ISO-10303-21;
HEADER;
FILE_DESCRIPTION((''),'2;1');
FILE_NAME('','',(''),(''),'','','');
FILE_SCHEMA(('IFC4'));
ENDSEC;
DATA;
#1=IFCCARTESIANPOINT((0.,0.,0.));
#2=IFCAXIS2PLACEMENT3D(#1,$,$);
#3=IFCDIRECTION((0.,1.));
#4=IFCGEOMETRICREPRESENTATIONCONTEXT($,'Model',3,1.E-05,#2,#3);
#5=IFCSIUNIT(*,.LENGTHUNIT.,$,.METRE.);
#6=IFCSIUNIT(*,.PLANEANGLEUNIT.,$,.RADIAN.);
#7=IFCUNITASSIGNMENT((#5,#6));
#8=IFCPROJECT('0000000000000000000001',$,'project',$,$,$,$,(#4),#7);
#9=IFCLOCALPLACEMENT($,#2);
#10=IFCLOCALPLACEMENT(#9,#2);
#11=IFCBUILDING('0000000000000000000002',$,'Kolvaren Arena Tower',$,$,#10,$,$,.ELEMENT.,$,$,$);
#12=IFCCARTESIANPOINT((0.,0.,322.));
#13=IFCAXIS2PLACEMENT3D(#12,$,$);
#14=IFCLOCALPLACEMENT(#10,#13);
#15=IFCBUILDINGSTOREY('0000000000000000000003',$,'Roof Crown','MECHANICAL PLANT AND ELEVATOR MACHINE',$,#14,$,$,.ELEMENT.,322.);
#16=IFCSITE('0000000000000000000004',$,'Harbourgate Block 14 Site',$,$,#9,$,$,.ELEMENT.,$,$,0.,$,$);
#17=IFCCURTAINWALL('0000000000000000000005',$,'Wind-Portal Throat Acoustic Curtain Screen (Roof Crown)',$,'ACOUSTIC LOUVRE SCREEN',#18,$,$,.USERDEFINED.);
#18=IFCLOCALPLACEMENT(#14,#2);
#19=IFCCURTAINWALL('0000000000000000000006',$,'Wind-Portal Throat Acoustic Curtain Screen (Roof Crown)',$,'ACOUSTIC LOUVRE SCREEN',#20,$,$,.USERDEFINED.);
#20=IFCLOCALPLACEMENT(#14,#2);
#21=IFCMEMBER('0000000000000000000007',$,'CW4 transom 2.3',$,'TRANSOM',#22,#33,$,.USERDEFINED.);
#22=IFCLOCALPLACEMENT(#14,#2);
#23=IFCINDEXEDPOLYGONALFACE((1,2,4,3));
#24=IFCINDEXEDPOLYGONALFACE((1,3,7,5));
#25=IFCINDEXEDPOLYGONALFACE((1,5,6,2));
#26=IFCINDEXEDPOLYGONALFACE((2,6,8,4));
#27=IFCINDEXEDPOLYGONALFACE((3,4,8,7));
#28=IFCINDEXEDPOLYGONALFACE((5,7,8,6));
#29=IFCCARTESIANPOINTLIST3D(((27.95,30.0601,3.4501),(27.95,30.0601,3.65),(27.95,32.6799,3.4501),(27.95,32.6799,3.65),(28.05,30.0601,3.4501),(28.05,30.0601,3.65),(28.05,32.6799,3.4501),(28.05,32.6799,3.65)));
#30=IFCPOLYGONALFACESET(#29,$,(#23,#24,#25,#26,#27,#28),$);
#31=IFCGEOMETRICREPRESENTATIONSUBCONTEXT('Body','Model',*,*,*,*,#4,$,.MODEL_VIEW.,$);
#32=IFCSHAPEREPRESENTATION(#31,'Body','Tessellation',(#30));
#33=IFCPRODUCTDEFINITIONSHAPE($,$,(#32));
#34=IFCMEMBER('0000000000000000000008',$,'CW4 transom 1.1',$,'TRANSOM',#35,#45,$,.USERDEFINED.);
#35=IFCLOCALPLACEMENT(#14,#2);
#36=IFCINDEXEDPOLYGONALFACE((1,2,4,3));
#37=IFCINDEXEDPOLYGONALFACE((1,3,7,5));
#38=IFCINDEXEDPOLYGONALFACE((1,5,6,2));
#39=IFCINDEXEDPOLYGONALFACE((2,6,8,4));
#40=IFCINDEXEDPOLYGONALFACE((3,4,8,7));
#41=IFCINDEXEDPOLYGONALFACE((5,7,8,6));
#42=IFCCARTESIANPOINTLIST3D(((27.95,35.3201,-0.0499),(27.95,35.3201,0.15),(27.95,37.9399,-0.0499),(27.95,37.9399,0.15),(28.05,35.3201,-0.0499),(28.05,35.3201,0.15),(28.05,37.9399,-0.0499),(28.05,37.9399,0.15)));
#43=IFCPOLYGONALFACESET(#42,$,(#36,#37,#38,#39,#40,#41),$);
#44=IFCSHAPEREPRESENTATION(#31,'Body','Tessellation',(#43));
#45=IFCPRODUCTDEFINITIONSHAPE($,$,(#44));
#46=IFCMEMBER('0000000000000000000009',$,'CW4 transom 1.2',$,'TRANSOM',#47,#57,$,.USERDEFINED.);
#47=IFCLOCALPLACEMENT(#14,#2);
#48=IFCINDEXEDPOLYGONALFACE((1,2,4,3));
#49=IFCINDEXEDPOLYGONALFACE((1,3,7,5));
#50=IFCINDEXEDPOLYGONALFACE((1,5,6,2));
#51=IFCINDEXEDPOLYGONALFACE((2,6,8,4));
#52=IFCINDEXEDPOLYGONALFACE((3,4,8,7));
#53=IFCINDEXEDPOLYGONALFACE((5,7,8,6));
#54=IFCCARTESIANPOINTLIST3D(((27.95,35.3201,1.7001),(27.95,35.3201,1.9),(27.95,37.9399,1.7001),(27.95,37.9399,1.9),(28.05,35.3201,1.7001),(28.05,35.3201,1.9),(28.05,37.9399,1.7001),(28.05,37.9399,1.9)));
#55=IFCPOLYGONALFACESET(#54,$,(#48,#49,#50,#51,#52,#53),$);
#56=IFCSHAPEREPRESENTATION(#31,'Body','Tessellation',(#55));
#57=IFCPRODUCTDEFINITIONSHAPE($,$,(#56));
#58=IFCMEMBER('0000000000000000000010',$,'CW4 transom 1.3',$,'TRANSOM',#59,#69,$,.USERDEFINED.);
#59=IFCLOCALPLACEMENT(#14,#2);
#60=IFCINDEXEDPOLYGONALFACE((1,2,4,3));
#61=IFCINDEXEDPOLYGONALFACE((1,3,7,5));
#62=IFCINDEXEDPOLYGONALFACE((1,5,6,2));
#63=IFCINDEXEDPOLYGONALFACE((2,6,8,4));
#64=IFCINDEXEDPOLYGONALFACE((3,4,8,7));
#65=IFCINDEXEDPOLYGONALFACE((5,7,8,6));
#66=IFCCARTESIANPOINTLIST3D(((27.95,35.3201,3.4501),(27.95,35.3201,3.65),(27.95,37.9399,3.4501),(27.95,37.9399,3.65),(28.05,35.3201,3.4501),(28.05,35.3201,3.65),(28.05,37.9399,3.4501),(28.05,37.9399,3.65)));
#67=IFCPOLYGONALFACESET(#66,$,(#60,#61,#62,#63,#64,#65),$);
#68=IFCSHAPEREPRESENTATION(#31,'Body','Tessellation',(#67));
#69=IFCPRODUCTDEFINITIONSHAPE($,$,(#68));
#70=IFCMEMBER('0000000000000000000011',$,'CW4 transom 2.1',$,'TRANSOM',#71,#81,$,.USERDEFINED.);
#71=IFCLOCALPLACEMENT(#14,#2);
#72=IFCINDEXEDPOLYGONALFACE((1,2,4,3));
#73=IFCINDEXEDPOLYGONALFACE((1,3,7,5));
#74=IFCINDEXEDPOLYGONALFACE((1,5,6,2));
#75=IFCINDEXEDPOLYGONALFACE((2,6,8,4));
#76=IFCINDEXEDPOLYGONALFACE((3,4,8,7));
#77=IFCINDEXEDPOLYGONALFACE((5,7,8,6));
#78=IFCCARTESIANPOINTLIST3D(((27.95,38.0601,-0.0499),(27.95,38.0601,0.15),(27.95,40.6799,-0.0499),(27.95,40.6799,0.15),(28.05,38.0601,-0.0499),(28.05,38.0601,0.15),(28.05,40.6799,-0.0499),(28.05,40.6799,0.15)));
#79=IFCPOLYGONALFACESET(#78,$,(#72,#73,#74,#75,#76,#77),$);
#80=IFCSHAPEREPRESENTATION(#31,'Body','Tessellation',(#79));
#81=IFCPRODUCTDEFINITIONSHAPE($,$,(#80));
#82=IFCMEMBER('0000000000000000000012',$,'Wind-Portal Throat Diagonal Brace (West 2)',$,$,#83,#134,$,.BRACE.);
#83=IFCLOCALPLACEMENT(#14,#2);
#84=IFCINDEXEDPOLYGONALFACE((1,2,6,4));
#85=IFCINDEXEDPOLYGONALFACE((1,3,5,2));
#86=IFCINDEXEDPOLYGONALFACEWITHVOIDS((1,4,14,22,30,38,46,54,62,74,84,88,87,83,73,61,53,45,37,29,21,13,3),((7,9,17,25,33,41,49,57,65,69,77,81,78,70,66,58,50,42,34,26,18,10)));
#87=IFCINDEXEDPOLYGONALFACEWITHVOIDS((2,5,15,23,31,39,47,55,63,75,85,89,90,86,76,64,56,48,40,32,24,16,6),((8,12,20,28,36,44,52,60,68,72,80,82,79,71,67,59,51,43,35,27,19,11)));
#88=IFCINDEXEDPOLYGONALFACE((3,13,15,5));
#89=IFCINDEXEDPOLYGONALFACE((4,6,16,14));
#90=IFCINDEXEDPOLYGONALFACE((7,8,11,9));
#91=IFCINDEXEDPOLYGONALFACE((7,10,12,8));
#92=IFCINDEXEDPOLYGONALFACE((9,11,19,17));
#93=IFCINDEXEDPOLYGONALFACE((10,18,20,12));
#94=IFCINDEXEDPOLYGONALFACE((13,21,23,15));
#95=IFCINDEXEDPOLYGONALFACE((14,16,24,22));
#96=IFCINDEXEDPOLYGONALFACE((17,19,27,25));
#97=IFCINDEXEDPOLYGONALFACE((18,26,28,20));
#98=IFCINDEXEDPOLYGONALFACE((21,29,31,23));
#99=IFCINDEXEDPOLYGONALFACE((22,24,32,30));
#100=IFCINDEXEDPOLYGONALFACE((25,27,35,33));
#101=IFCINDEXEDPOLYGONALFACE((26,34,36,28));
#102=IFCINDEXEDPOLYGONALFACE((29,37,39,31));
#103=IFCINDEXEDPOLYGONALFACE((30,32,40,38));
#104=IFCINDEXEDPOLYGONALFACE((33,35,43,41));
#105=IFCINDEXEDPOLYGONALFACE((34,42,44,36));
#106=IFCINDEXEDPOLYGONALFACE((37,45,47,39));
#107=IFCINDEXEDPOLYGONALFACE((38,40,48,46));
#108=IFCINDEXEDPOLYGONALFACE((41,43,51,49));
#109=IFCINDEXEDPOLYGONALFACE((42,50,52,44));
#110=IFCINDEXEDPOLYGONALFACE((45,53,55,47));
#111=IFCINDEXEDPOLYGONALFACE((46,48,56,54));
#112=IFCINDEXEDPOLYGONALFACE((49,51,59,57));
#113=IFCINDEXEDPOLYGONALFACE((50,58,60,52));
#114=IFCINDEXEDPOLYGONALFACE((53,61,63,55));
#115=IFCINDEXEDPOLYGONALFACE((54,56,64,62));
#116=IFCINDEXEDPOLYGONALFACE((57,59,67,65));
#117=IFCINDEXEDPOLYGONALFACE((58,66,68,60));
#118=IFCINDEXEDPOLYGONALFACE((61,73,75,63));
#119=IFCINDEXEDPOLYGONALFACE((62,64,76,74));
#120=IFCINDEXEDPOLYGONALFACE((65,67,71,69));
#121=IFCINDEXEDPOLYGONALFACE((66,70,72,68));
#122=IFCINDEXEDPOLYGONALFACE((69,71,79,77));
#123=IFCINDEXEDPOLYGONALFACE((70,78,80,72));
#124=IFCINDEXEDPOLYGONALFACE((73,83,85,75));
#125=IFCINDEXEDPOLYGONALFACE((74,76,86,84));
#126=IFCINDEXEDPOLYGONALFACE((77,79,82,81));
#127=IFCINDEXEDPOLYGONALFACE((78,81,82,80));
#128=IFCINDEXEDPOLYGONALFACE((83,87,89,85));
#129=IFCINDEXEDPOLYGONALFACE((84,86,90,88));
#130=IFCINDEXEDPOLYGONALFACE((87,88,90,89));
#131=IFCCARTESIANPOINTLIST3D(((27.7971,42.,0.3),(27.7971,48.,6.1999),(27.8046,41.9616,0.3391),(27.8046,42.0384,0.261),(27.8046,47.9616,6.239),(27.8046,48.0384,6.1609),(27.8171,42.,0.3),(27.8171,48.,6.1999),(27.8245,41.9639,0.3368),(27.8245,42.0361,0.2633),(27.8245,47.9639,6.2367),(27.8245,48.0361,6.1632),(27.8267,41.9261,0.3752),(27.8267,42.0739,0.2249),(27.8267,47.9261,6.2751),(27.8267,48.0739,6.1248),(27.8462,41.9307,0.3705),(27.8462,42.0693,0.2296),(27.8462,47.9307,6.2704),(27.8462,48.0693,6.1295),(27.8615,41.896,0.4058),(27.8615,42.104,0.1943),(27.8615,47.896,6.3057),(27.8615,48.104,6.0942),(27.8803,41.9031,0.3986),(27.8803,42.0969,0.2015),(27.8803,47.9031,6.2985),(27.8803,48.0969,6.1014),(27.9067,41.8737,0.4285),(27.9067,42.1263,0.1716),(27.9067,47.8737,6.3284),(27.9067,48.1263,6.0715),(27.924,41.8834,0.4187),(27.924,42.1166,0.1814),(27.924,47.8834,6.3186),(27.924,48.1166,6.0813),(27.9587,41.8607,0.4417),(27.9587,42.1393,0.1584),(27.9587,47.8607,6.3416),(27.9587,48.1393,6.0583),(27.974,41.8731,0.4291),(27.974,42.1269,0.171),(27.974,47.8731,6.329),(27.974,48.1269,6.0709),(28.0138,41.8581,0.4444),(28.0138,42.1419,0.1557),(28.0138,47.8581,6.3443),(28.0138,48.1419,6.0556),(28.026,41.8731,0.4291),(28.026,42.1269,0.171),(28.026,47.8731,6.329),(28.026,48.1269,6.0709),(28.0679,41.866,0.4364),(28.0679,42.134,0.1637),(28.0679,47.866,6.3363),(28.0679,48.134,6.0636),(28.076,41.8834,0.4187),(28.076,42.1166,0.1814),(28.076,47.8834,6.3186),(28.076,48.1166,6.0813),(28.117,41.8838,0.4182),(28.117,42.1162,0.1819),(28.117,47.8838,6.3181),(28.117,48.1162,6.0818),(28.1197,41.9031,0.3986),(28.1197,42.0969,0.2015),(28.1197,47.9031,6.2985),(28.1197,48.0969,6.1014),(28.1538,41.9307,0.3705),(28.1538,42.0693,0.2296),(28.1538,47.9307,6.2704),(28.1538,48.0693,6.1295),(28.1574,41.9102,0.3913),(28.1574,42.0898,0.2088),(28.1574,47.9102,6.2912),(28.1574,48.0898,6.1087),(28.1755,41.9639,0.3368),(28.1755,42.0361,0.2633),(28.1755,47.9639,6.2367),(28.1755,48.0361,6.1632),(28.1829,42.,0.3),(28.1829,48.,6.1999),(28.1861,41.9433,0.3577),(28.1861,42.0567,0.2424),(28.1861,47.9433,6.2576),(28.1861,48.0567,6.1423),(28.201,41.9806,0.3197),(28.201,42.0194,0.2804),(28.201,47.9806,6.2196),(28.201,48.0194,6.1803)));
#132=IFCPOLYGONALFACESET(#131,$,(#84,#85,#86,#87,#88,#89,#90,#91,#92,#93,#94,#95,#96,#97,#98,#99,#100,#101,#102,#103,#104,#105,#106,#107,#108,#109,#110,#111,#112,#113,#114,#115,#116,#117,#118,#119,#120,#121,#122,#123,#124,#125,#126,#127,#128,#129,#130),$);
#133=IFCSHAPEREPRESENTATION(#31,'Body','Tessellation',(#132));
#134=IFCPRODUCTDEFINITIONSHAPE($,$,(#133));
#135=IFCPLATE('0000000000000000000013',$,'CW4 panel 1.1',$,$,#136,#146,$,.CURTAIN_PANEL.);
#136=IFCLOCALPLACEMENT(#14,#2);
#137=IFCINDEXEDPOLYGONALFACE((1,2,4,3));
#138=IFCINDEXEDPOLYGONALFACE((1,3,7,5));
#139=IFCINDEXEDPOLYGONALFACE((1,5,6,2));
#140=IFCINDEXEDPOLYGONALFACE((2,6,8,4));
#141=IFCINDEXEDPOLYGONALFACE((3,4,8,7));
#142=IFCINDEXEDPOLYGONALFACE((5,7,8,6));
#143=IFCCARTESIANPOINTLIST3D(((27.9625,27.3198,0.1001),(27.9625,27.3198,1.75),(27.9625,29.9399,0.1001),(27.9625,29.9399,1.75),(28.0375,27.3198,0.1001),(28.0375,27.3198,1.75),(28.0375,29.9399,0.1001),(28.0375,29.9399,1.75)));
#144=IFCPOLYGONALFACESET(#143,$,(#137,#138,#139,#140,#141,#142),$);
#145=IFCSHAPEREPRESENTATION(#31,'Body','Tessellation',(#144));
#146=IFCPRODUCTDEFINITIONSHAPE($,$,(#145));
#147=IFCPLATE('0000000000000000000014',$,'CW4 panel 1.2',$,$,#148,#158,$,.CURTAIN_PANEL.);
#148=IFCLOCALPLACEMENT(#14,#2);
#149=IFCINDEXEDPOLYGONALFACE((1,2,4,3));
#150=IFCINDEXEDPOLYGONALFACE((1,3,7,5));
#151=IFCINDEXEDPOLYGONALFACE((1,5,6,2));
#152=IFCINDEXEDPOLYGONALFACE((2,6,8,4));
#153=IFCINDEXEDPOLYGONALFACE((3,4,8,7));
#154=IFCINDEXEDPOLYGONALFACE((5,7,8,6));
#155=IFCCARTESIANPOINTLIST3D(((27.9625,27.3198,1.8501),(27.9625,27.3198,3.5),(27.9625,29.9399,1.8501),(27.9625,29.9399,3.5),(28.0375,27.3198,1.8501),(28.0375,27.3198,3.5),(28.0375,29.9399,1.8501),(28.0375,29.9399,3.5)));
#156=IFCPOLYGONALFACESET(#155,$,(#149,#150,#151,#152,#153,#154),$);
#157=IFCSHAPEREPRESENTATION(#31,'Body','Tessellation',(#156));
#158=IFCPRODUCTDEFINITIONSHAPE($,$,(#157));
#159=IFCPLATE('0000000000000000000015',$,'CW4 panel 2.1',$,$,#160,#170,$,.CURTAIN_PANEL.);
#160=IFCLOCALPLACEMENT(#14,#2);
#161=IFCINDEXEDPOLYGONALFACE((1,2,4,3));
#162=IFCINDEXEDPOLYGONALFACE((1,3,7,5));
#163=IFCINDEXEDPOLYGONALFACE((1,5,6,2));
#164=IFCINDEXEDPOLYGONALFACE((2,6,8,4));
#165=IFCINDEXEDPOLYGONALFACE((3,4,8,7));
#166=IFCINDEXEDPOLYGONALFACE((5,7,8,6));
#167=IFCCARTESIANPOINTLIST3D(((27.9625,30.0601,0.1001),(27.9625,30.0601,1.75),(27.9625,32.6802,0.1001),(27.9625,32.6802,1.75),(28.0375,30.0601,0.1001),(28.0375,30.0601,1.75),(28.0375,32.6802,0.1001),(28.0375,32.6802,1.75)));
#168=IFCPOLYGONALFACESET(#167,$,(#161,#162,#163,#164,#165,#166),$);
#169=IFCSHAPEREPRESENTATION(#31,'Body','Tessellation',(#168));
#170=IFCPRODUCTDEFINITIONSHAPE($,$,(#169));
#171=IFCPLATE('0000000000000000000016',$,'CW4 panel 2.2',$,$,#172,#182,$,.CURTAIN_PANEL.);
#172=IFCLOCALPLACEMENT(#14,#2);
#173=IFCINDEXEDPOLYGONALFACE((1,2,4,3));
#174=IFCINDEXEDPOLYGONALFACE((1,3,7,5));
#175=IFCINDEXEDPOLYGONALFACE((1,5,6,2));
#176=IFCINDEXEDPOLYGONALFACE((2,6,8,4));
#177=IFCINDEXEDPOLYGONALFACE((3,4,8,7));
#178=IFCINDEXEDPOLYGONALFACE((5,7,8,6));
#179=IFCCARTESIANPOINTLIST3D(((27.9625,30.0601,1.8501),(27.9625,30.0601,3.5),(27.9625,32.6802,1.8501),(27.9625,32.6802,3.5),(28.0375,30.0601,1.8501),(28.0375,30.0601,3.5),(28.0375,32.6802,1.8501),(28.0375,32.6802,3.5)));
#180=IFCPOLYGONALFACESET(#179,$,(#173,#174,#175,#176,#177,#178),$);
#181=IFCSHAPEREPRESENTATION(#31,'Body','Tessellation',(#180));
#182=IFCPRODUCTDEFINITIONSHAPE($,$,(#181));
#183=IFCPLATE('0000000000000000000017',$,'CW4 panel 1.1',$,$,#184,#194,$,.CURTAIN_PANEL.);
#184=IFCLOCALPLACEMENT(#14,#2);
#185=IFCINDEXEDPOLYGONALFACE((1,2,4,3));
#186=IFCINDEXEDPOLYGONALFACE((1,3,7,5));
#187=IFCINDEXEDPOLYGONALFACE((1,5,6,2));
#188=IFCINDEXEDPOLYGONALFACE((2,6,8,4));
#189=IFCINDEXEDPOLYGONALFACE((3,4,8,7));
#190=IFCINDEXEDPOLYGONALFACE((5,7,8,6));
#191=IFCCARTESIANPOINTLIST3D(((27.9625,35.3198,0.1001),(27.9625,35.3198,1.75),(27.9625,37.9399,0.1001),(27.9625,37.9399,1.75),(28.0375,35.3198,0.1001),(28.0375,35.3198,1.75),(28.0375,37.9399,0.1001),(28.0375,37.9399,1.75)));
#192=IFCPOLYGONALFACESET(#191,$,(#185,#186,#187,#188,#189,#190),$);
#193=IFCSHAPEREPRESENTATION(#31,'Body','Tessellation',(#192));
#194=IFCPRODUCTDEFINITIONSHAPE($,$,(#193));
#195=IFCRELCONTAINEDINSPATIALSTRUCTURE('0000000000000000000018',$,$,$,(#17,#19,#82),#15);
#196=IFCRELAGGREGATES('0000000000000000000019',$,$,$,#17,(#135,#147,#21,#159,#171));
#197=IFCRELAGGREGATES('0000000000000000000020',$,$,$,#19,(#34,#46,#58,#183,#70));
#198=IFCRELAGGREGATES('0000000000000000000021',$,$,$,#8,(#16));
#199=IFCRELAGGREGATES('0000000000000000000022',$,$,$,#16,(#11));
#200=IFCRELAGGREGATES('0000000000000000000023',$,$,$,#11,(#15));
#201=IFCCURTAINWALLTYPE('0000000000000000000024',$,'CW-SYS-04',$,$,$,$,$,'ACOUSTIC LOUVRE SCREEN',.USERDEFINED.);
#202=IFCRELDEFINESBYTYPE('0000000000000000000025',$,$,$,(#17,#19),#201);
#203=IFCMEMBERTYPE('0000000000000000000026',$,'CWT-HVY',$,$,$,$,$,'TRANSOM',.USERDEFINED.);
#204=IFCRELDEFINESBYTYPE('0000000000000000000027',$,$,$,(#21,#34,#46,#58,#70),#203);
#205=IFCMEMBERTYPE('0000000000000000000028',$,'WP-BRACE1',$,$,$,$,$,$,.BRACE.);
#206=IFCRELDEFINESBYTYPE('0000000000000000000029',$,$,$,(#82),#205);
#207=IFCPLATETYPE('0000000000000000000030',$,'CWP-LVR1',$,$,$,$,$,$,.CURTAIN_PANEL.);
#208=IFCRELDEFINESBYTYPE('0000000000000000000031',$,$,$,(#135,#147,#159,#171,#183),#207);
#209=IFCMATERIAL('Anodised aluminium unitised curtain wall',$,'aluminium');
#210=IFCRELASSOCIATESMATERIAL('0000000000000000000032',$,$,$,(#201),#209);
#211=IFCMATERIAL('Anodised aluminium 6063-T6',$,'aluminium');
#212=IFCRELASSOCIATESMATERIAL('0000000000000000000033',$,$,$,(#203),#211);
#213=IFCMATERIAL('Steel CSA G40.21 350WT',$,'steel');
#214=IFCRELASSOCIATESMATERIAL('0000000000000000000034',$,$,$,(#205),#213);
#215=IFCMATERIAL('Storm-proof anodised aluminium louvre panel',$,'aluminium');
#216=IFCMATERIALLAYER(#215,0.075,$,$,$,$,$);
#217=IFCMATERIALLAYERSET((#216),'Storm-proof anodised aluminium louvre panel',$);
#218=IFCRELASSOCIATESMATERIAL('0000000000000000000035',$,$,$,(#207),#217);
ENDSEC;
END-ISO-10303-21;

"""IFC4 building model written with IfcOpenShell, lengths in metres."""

from ifc_helpers import new_model, si_unit, direction, frame, origin, origin_2d, place, context, subcontext, project, spatial, rectangle, hollow_circle, extrude, material, layer, layer_set, material_profile, profile_set, type_object, element, aggregate, save


model = new_model("IFC4")

# Units and contexts
model_context = context("Model", 3, precision=1e-05, world=origin(), true_north=direction((0.0, 1.0)))
body_context = subcontext(model_context, "Body", "Model", "MODEL_VIEW")
ifc_project = project(units=[si_unit("LENGTHUNIT", "METRE"), si_unit("PLANEANGLEUNIT", "RADIAN")], contexts=[model_context])

# Site, building, storey
site_placement = place(None, origin())
site = spatial("IfcSite", under=ifc_project, at=site_placement, Name="Harbourgate Block 14 Site", CompositionType="ELEMENT", RefElevation=0.0)
building_placement = place(site_placement, origin())
building = spatial("IfcBuilding", under=site, at=building_placement, Name="Kolvaren Arena Tower", CompositionType="ELEMENT")
storey_placement = place(building_placement, frame((0.0, 0.0, 322.0)))
storey = spatial("IfcBuildingStorey", under=building, at=storey_placement, Name="Roof Crown", Description="MECHANICAL PLANT AND ELEVATOR MACHINE", CompositionType="ELEMENT", Elevation=322.0)

# Curtain walls
ifc_material_1 = material(Name="Anodised aluminium unitised curtain wall", Category="aluminium")
curtain_wall_type = type_object("IfcCurtainWallType", Name="CW-SYS-04", ElementType="ACOUSTIC LOUVRE SCREEN", PredefinedType="USERDEFINED", material=ifc_material_1)
curtain_wall_1_placement = place(storey_placement, origin())
curtain_wall_1 = element("IfcCurtainWall", 1, at=curtain_wall_1_placement, inside=storey, type_object=curtain_wall_type, Name="Wind-Portal Throat Acoustic Curtain Screen (Roof Crown)", ObjectType="ACOUSTIC LOUVRE SCREEN", PredefinedType="USERDEFINED")
ifc_material_2 = material(Name="Anodised aluminium 6063-T6", Category="aluminium")
curtain_wall_2_placement = place(storey_placement, origin())
curtain_wall_2 = element("IfcCurtainWall", 2, at=curtain_wall_2_placement, inside=storey, type_object=curtain_wall_type, Name="Wind-Portal Throat Acoustic Curtain Screen (Roof Crown)", ObjectType="ACOUSTIC LOUVRE SCREEN", PredefinedType="USERDEFINED")

# Members
ifc_material_profile_1 = material_profile(ifc_material_2, rectangle(XDim=0.1001, YDim=0.2, at=origin_2d()), Name="ALU-100x200")
ifc_profile_set_1 = profile_set([ifc_material_profile_1], Name="Anodised aluminium 6063-T6")
member_type_1 = type_object("IfcMemberType", Name="CWT-HVY", ElementType="TRANSOM", PredefinedType="USERDEFINED", material=ifc_profile_set_1)
member_1_placement = place(storey_placement, frame((28.0, 30.0601, 3.55), z_axis=(0.0, 1.0, 0.0), x_axis=(-1.0, 0.0, 0.0)))
member_1 = element("IfcMember", 3, at=member_1_placement, type_object=member_type_1, Name="CW4 transom 2.3", ObjectType="TRANSOM", PredefinedType="USERDEFINED", context=body_context, shape_type="SweptSolid", body=[
    extrude(rectangle(XDim=0.1001, YDim=0.2, at=origin_2d()), origin(), (0.0, 0.0, 1.0), 2.6199),
])
member_2_placement = place(storey_placement, frame((28.0, 35.3201, 0.05), z_axis=(0.0, 1.0, 0.0), x_axis=(-1.0, 0.0, 0.0)))
member_2 = element("IfcMember", 4, at=member_2_placement, type_object=member_type_1, Name="CW4 transom 1.1", ObjectType="TRANSOM", PredefinedType="USERDEFINED", context=body_context, shape_type="SweptSolid", body=[
    extrude(rectangle(XDim=0.1001, YDim=0.2, at=origin_2d()), origin(), (0.0, 0.0, 1.0), 2.6199),
])
member_3_placement = place(storey_placement, frame((28.0, 35.3201, 1.8), z_axis=(0.0, 1.0, 0.0), x_axis=(-1.0, 0.0, 0.0)))
member_3 = element("IfcMember", 5, at=member_3_placement, type_object=member_type_1, Name="CW4 transom 1.2", ObjectType="TRANSOM", PredefinedType="USERDEFINED", context=body_context, shape_type="SweptSolid", body=[
    extrude(rectangle(XDim=0.1001, YDim=0.2, at=origin_2d()), origin(), (0.0, 0.0, 1.0), 2.6199),
])
member_4_placement = place(storey_placement, frame((28.0, 35.3201, 3.55), z_axis=(0.0, 1.0, 0.0), x_axis=(-1.0, 0.0, 0.0)))
member_4 = element("IfcMember", 6, at=member_4_placement, type_object=member_type_1, Name="CW4 transom 1.3", ObjectType="TRANSOM", PredefinedType="USERDEFINED", context=body_context, shape_type="SweptSolid", body=[
    extrude(rectangle(XDim=0.1001, YDim=0.2, at=origin_2d()), origin(), (0.0, 0.0, 1.0), 2.6199),
])
member_5_placement = place(storey_placement, frame((28.0, 38.0601, 0.05), z_axis=(0.0, 1.0, 0.0), x_axis=(-1.0, 0.0, 0.0)))
member_5 = element("IfcMember", 7, at=member_5_placement, type_object=member_type_1, Name="CW4 transom 2.1", ObjectType="TRANSOM", PredefinedType="USERDEFINED", context=body_context, shape_type="SweptSolid", body=[
    extrude(rectangle(XDim=0.1001, YDim=0.2, at=origin_2d()), origin(), (0.0, 0.0, 1.0), 2.6199),
])
ifc_material_3 = material(Name="Steel CSA G40.21 350WT", Category="steel")
ifc_material_profile_2 = material_profile(ifc_material_3, hollow_circle(Radius=0.2029, WallThickness=0.02, at=origin_2d()), Name="CHS 406x20")
ifc_profile_set_2 = profile_set([ifc_material_profile_2], Name="Steel CSA G40.21 350WT")
member_type_2 = type_object("IfcMemberType", Name="WP-BRACE1", PredefinedType="BRACE", material=ifc_profile_set_2)
member_6_placement = place(storey_placement, frame((28.0, 42.0, 0.3), z_axis=(0.0, 0.713029, 0.701134), x_axis=(-1.0, 0.0, 0.0)))
element("IfcMember", 8, at=member_6_placement, inside=storey, type_object=member_type_2, Name="Wind-Portal Throat Diagonal Brace (West 2)", PredefinedType="BRACE", context=body_context, shape_type="SweptSolid", body=[
    extrude(hollow_circle(Radius=0.2029, WallThickness=0.02, at=origin_2d()), origin(), (0.0, 0.0, 1.0), 8.4148),
])

# Plates
ifc_material_4 = material(Name="Storm-proof anodised aluminium louvre panel", Category="aluminium")
ifc_layer = layer(ifc_material_4, 0.075)
ifc_layer_set = layer_set([ifc_layer], Name="Storm-proof anodised aluminium louvre panel")
plate_type = type_object("IfcPlateType", Name="CWP-LVR1", PredefinedType="CURTAIN_PANEL", material=ifc_layer_set)
plate_1_placement = place(storey_placement, frame((28.0, 28.6299, 0.1001), z_axis=(0.0, 0.0, 1.0), x_axis=(0.0, 1.0, 0.0)))
plate_1 = element("IfcPlate", 9, at=plate_1_placement, type_object=plate_type, Name="CW4 panel 1.1", PredefinedType="CURTAIN_PANEL", context=body_context, shape_type="SweptSolid", body=[
    extrude(rectangle(XDim=2.6201, YDim=0.075, at=origin_2d()), origin(), (0.0, 0.0, 1.0), 1.6499),
])
plate_2_placement = place(storey_placement, frame((28.0, 28.6299, 1.8501), z_axis=(0.0, 0.0, 1.0), x_axis=(0.0, 1.0, 0.0)))
plate_2 = element("IfcPlate", 10, at=plate_2_placement, type_object=plate_type, Name="CW4 panel 1.2", PredefinedType="CURTAIN_PANEL", context=body_context, shape_type="SweptSolid", body=[
    extrude(rectangle(XDim=2.6201, YDim=0.075, at=origin_2d()), origin(), (0.0, 0.0, 1.0), 1.6499),
])
plate_3_placement = place(storey_placement, frame((28.0, 31.3701, 0.1001), z_axis=(0.0, 0.0, 1.0), x_axis=(0.0, 1.0, 0.0)))
plate_3 = element("IfcPlate", 11, at=plate_3_placement, type_object=plate_type, Name="CW4 panel 2.1", PredefinedType="CURTAIN_PANEL", context=body_context, shape_type="SweptSolid", body=[
    extrude(rectangle(XDim=2.6201, YDim=0.075, at=origin_2d()), origin(), (0.0, 0.0, 1.0), 1.6499),
])
plate_4_placement = place(storey_placement, frame((28.0, 31.3701, 1.8501), z_axis=(0.0, 0.0, 1.0), x_axis=(0.0, 1.0, 0.0)))
plate_4 = element("IfcPlate", 12, at=plate_4_placement, type_object=plate_type, Name="CW4 panel 2.2", PredefinedType="CURTAIN_PANEL", context=body_context, shape_type="SweptSolid", body=[
    extrude(rectangle(XDim=2.6201, YDim=0.075, at=origin_2d()), origin(), (0.0, 0.0, 1.0), 1.6499),
])
aggregate(curtain_wall_1, [plate_1, plate_2, member_1, plate_3, plate_4])
plate_5_placement = place(storey_placement, frame((28.0, 36.6299, 0.1001), z_axis=(0.0, 0.0, 1.0), x_axis=(0.0, 1.0, 0.0)))
plate_5 = element("IfcPlate", 13, at=plate_5_placement, type_object=plate_type, Name="CW4 panel 1.1", PredefinedType="CURTAIN_PANEL", context=body_context, shape_type="SweptSolid", body=[
    extrude(rectangle(XDim=2.6201, YDim=0.075, at=origin_2d()), origin(), (0.0, 0.0, 1.0), 1.6499),
])
aggregate(curtain_wall_2, [member_2, member_3, member_4, plate_5, member_5])

save(model, "model.ifc")
